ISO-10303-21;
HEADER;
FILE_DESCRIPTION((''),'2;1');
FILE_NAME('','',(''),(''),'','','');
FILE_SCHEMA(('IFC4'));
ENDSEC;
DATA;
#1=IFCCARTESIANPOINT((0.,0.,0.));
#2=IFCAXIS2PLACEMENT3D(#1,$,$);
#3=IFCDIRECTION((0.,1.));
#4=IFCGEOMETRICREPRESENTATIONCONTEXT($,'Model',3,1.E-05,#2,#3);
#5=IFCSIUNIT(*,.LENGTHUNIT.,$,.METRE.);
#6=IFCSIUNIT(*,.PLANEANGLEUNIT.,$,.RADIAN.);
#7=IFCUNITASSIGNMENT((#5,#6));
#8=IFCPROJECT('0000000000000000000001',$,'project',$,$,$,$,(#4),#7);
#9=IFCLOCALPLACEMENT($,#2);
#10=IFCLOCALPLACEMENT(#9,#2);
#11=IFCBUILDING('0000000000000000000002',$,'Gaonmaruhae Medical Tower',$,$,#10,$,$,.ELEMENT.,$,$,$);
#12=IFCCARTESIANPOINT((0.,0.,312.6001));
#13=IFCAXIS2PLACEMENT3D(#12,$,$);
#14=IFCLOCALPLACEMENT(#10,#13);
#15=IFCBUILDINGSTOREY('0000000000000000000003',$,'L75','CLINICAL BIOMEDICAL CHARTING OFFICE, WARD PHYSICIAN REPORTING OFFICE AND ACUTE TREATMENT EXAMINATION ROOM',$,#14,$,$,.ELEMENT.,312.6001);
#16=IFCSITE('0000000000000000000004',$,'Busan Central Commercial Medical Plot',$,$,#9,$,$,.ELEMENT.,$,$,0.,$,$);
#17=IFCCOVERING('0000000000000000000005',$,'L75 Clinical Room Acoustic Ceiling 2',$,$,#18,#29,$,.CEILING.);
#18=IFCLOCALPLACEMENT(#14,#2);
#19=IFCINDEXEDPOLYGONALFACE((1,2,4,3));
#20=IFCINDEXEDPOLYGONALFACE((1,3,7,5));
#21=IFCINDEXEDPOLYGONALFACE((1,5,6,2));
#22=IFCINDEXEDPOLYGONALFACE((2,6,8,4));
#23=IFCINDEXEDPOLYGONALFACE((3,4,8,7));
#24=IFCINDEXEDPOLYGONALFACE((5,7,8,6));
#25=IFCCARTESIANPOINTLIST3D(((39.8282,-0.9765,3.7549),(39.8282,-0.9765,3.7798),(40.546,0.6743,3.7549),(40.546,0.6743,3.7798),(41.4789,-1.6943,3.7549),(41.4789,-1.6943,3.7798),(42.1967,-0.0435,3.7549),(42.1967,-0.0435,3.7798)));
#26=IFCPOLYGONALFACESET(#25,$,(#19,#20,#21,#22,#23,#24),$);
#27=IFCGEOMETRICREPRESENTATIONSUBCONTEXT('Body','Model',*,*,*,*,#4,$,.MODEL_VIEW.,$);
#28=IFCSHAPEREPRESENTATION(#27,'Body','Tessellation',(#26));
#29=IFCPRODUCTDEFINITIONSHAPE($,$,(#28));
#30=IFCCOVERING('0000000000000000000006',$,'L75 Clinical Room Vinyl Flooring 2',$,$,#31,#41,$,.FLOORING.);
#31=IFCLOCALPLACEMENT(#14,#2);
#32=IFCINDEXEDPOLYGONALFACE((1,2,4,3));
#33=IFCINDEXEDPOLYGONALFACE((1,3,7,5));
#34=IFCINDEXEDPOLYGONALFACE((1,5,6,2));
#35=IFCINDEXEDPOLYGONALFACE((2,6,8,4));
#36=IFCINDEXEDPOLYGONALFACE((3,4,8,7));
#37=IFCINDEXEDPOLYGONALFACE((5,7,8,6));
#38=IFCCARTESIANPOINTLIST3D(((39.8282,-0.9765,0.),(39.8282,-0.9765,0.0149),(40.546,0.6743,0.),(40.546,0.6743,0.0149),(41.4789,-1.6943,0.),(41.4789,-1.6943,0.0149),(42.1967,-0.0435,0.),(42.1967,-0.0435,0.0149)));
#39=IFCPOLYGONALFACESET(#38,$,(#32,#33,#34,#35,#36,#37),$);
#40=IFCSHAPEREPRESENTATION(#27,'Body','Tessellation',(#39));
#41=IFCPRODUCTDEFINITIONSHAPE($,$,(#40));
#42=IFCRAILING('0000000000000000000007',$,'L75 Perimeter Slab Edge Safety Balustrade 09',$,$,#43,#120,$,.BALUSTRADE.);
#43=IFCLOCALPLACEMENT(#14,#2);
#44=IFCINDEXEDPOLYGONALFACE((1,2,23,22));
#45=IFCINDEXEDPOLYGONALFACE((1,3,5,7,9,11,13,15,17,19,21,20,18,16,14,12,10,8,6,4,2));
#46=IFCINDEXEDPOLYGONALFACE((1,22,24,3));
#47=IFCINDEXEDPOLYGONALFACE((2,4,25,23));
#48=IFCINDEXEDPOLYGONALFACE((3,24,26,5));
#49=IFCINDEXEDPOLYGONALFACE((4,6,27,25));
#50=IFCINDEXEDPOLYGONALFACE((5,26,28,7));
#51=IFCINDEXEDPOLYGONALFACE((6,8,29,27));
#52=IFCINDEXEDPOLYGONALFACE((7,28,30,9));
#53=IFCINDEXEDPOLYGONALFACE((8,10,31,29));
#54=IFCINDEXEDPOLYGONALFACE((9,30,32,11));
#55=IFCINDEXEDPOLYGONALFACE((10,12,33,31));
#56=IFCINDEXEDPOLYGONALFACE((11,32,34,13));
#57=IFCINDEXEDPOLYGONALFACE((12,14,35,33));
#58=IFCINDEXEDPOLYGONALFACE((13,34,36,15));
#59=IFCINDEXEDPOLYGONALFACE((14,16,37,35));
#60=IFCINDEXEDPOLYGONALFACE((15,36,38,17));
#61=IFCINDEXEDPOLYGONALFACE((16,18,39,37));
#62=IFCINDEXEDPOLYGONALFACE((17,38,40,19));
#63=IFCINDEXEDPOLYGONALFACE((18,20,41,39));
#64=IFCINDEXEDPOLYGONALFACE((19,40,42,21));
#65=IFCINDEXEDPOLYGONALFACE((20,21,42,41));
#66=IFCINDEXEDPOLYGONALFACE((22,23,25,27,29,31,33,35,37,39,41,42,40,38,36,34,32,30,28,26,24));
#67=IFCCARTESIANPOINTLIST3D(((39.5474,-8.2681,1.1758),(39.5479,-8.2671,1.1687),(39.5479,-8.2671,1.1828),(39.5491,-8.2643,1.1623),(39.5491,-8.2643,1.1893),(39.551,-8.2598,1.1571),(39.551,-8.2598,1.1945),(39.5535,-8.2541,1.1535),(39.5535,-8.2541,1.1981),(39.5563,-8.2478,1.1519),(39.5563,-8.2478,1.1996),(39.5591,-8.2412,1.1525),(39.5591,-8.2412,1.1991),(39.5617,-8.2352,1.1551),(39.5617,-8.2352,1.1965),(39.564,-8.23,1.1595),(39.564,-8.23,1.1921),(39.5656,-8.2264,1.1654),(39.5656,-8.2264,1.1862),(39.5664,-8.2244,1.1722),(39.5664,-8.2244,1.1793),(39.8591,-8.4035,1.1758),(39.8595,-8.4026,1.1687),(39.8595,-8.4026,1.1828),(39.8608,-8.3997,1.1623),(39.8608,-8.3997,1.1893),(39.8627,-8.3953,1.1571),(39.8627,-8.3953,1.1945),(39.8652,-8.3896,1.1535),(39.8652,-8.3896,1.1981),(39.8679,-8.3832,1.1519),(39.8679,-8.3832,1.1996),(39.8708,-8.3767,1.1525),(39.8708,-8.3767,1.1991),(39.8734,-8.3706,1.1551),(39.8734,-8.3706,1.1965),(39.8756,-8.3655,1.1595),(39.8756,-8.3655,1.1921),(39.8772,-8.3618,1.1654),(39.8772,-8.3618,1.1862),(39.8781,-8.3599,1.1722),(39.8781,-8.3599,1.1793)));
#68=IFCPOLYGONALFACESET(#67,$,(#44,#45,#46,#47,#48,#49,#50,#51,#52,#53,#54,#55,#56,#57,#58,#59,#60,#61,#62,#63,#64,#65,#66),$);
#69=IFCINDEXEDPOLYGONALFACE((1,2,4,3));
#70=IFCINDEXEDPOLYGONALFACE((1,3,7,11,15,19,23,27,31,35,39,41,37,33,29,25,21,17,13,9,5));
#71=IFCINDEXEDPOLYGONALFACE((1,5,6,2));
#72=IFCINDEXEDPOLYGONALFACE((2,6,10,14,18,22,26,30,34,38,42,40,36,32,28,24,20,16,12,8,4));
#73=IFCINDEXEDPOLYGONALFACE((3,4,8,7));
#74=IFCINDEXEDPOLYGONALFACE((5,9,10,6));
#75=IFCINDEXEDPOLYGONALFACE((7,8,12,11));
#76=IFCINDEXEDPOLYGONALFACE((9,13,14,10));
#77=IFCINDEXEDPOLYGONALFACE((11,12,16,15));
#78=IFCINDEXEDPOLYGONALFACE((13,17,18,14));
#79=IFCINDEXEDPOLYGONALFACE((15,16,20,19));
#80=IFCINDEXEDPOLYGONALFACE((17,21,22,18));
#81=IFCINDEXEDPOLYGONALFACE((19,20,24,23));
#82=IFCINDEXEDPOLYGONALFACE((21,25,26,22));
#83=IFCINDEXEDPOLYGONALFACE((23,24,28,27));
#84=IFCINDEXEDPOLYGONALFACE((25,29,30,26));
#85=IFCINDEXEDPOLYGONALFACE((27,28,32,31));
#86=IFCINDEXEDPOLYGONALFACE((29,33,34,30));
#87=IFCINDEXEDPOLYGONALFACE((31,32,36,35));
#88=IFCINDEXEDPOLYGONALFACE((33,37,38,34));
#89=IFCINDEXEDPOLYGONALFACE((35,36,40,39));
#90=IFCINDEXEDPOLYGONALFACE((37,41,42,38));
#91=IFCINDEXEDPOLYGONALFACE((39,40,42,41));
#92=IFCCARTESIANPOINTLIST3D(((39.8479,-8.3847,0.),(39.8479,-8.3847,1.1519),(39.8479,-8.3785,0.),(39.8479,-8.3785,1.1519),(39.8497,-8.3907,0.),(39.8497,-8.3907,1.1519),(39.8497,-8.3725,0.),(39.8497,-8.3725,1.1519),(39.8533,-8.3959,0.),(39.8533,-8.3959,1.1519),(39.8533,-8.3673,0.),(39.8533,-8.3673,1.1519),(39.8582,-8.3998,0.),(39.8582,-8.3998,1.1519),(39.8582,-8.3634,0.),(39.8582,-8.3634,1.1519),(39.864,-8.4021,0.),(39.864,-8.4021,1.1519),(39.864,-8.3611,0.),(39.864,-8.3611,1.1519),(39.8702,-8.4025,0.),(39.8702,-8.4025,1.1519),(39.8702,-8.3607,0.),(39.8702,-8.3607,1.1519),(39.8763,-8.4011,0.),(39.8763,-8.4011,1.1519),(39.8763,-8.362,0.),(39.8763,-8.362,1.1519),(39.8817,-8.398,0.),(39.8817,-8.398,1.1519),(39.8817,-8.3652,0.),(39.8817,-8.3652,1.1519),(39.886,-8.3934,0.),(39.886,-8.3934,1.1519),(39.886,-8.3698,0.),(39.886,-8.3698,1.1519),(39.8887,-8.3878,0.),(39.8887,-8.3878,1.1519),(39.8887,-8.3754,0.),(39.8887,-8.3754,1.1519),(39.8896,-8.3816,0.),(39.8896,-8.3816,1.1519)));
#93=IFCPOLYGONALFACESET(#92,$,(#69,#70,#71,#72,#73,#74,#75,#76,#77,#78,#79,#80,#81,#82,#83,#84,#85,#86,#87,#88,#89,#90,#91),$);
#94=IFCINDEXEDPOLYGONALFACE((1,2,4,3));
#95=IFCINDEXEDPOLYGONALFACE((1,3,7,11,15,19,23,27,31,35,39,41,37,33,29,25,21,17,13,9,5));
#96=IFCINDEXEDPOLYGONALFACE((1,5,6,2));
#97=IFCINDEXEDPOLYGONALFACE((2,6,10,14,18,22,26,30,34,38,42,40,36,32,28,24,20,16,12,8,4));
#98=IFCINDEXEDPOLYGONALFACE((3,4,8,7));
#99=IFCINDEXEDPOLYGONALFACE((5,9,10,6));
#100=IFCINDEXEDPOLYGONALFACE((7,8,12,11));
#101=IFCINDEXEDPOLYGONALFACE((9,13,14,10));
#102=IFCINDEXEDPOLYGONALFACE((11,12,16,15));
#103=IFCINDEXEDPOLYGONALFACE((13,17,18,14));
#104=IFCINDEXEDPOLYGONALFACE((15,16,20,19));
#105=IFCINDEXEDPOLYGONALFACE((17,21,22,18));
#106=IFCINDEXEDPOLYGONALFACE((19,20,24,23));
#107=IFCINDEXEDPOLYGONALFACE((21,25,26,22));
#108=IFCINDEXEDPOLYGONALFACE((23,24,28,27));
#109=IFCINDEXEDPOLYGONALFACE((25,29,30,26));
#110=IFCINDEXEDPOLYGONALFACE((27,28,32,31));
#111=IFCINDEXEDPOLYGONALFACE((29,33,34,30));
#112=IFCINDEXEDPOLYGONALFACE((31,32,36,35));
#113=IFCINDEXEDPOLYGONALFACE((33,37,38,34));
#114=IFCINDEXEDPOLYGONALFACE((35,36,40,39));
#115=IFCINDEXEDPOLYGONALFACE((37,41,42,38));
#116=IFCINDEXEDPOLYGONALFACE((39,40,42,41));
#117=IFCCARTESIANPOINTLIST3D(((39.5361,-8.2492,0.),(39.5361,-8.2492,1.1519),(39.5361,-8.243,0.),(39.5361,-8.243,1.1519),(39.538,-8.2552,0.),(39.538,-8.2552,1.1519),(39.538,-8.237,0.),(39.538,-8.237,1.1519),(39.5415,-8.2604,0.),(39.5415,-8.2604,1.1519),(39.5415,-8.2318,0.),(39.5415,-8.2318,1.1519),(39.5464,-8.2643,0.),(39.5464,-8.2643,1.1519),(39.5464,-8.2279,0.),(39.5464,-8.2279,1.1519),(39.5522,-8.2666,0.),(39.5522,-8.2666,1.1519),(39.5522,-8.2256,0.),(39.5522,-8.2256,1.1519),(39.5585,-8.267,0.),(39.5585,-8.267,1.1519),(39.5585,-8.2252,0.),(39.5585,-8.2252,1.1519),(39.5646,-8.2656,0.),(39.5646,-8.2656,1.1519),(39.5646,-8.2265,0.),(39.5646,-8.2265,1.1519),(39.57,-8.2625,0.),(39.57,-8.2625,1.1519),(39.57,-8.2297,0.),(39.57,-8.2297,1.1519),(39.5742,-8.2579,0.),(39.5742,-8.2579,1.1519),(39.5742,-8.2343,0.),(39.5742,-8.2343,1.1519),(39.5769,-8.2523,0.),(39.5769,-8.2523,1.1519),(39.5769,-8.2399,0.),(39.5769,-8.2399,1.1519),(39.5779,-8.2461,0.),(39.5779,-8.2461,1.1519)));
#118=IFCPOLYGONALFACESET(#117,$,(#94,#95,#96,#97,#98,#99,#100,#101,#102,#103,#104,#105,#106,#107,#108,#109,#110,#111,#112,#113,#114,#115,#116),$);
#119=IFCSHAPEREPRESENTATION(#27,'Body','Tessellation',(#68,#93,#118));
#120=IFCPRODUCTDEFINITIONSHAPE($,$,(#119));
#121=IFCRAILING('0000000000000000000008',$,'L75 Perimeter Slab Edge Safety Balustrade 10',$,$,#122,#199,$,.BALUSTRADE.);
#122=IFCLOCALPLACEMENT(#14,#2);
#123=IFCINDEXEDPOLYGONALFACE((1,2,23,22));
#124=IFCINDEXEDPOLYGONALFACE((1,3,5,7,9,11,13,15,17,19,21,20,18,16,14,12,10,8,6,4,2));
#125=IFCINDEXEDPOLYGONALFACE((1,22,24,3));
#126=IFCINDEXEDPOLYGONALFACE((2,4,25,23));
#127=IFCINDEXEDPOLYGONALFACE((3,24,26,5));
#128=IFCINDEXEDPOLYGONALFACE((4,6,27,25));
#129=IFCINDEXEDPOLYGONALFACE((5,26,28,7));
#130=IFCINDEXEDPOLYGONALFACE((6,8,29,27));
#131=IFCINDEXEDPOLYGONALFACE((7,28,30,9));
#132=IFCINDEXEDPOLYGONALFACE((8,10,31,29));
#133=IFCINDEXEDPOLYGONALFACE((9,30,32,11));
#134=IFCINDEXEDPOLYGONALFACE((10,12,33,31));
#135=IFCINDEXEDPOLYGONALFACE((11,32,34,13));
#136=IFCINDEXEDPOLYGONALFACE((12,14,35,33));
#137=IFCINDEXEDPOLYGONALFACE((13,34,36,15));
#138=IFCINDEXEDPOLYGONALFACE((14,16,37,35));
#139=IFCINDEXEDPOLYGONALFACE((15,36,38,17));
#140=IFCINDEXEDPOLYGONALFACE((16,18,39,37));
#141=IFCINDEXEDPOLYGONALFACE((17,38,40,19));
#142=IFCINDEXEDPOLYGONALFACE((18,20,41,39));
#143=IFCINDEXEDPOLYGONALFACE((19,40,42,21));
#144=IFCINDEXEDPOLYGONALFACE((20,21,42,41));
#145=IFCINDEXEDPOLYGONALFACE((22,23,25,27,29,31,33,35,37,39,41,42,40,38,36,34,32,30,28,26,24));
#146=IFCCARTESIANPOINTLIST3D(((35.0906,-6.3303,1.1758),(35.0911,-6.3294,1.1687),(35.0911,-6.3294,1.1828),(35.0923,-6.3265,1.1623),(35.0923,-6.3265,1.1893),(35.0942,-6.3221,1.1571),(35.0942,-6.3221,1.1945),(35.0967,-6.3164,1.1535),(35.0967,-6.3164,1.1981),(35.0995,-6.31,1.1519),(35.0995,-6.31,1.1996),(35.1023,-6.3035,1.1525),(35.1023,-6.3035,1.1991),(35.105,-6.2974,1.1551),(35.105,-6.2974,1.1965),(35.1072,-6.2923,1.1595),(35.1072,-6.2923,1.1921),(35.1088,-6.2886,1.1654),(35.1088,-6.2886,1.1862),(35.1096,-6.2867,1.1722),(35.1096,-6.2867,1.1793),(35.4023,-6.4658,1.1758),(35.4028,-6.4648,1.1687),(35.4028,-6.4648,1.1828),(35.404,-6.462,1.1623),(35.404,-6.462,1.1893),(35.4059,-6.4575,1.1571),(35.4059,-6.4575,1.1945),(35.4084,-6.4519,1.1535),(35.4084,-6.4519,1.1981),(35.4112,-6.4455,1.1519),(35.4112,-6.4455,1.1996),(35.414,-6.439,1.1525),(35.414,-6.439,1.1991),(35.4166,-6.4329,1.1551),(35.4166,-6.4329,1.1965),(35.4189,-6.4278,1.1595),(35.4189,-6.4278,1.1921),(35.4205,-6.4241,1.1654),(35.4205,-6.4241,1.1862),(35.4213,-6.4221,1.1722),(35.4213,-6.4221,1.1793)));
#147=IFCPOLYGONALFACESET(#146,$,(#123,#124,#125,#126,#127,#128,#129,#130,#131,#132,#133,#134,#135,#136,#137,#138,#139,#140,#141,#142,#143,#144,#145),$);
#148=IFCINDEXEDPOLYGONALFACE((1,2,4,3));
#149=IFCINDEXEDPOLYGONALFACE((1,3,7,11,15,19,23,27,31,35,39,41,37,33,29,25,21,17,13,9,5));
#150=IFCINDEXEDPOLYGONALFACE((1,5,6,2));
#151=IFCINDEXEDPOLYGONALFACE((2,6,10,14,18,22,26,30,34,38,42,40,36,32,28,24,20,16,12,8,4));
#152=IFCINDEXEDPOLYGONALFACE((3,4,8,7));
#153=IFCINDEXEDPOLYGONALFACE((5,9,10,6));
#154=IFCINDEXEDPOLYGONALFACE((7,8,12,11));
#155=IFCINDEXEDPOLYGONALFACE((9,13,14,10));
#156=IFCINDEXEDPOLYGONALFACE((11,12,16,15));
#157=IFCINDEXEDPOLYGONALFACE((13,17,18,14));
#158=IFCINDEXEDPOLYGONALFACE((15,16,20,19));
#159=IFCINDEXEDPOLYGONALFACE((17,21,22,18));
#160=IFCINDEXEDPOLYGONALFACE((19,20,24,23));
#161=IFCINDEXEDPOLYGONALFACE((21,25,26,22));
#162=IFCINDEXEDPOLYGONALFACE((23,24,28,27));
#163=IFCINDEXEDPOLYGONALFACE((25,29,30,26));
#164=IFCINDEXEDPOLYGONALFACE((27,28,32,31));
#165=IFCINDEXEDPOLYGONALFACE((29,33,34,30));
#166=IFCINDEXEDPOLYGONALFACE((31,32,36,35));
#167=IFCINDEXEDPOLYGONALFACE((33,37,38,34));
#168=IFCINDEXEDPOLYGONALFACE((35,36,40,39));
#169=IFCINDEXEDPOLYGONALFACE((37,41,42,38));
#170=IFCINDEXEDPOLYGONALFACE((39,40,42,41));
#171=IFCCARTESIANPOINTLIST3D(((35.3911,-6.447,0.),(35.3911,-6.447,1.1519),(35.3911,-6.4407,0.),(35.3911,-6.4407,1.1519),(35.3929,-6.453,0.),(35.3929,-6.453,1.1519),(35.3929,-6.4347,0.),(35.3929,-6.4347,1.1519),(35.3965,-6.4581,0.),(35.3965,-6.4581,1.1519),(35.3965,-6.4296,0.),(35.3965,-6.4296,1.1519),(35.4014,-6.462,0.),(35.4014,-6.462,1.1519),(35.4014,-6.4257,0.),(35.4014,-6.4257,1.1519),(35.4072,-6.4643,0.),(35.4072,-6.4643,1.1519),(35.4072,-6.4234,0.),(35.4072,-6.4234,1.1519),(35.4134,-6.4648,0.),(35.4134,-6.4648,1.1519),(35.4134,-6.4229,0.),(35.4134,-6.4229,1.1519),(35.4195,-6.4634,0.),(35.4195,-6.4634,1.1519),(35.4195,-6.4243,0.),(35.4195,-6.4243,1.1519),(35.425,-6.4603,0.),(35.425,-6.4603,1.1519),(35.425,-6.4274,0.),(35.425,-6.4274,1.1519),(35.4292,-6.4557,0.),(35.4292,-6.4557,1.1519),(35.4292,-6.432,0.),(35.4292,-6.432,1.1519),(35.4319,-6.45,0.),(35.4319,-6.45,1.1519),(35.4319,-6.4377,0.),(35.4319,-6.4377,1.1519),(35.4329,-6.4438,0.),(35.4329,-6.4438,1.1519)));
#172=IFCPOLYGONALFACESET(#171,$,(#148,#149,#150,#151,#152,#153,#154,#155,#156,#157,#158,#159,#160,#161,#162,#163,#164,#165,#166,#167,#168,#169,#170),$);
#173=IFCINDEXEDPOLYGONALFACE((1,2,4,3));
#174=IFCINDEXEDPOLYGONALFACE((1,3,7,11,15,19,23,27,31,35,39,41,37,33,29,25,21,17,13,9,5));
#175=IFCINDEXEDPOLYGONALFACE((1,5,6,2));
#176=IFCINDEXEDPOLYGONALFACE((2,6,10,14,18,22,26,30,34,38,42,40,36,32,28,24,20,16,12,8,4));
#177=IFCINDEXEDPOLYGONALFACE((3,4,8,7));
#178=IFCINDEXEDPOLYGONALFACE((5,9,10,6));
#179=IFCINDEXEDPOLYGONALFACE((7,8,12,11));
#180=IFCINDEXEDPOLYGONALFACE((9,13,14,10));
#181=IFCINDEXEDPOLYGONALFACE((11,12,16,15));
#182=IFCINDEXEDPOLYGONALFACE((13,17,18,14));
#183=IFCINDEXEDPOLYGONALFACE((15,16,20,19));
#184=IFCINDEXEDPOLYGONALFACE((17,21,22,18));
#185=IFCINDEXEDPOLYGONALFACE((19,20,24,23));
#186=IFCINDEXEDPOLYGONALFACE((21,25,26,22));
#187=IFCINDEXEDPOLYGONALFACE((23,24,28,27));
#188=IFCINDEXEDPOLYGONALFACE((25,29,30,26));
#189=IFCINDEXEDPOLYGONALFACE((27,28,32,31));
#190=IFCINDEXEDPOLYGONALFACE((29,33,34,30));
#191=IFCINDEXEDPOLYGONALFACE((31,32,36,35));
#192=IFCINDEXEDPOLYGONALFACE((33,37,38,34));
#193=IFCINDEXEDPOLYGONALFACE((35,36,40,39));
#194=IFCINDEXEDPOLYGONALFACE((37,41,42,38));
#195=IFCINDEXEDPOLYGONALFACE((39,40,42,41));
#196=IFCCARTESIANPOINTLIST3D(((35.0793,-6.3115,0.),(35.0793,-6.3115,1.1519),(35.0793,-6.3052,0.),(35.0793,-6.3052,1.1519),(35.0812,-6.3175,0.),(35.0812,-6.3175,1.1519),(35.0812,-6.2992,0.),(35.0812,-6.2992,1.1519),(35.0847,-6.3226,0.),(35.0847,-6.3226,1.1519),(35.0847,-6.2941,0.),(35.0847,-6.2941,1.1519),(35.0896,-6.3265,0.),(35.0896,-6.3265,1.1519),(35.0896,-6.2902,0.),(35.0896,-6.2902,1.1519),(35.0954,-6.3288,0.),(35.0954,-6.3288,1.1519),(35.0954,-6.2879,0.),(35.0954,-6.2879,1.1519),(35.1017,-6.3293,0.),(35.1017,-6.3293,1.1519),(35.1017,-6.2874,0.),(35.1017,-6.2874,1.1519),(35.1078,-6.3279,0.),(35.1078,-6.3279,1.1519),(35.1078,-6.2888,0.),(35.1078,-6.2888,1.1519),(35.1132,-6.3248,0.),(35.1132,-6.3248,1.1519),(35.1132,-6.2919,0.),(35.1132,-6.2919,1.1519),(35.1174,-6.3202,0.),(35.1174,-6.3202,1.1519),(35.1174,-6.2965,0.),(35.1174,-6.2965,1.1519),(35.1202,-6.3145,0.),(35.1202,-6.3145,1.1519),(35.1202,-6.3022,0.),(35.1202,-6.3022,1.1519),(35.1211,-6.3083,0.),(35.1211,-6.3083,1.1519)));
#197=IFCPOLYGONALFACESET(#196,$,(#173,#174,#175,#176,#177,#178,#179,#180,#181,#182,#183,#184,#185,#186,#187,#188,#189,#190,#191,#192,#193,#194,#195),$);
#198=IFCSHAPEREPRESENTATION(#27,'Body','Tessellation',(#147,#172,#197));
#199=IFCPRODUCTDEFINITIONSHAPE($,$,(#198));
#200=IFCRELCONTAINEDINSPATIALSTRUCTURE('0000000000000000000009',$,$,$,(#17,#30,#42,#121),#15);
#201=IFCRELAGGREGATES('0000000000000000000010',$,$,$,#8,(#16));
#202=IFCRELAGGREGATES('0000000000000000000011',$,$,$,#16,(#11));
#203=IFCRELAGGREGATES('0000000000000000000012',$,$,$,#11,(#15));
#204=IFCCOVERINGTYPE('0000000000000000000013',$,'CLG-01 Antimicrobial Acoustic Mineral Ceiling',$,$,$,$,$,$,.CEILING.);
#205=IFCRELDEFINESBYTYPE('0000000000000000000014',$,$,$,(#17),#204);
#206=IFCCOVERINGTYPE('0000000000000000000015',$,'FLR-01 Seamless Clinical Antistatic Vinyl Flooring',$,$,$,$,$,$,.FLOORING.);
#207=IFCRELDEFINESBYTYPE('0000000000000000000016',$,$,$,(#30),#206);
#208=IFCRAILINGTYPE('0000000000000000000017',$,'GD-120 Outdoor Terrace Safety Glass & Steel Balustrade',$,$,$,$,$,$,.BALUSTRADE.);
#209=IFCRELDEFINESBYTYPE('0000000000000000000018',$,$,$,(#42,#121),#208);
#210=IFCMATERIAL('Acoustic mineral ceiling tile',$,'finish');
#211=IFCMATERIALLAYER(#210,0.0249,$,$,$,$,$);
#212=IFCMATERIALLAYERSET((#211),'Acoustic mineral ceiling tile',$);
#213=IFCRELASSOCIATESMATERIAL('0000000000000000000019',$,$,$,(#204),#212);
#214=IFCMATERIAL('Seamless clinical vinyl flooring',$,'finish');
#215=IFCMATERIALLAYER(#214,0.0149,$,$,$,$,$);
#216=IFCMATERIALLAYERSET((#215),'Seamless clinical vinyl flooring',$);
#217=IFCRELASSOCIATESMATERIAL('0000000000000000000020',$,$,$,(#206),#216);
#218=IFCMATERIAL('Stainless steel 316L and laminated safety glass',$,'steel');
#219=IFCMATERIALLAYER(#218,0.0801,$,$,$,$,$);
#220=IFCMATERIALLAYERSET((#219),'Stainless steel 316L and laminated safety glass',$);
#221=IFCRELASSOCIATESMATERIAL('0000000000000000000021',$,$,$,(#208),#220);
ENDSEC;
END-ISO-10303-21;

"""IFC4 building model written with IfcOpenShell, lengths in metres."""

from ifc_helpers import new_model, si_unit, direction, frame, origin, origin_2d, place, context, subcontext, project, spatial, rectangle, circle, extrude, material, layer, layer_set, type_object, element, save


model = new_model("IFC4")

# Units and contexts
model_context = context("Model", 3, precision=1e-05, world=origin(), true_north=direction((0.0, 1.0)))
body_context = subcontext(model_context, "Body", "Model", "MODEL_VIEW")
ifc_project = project(units=[si_unit("LENGTHUNIT", "METRE"), si_unit("PLANEANGLEUNIT", "RADIAN")], contexts=[model_context])

# Site, building, storey
site_placement = place(None, origin())
site = spatial("IfcSite", under=ifc_project, at=site_placement, Name="Busan Central Commercial Medical Plot", CompositionType="ELEMENT", RefElevation=0.0)
building_placement = place(site_placement, origin())
building = spatial("IfcBuilding", under=site, at=building_placement, Name="Gaonmaruhae Medical Tower", CompositionType="ELEMENT")
storey_placement = place(building_placement, frame((0.0, 0.0, 312.6001)))
storey = spatial("IfcBuildingStorey", under=building, at=storey_placement, Name="L75", Description="CLINICAL BIOMEDICAL CHARTING OFFICE, WARD PHYSICIAN REPORTING OFFICE AND ACUTE TREATMENT EXAMINATION ROOM", CompositionType="ELEMENT", Elevation=312.6001)

# Coverings
ifc_material_1 = material(Name="Acoustic mineral ceiling tile", Category="finish")
ifc_layer_1 = layer(ifc_material_1, 0.0249)
ifc_layer_set_1 = layer_set([ifc_layer_1], Name="Acoustic mineral ceiling tile")
covering_type_1 = type_object("IfcCoveringType", Name="CLG-01 Antimicrobial Acoustic Mineral Ceiling", PredefinedType="CEILING", material=ifc_layer_set_1)
covering_1_placement = place(storey_placement, frame((41.0125, -0.51, 3.7549), z_axis=(0.0, 0.0, 1.0), x_axis=(0.398749, 0.91706, 0.0)))
element("IfcCovering", 1, at=covering_1_placement, inside=storey, type_object=covering_type_1, Name="L75 Clinical Room Acoustic Ceiling 2", PredefinedType="CEILING", context=body_context, shape_type="SweptSolid", body=[
    extrude(rectangle(XDim=1.8, YDim=1.8, at=origin_2d()), origin(), (0.0, 0.0, 1.0), 0.0249),
])
ifc_material_2 = material(Name="Seamless clinical vinyl flooring", Category="finish")
ifc_layer_2 = layer(ifc_material_2, 0.0149)
ifc_layer_set_2 = layer_set([ifc_layer_2], Name="Seamless clinical vinyl flooring")
covering_type_2 = type_object("IfcCoveringType", Name="FLR-01 Seamless Clinical Antistatic Vinyl Flooring", PredefinedType="FLOORING", material=ifc_layer_set_2)
covering_2_placement = place(storey_placement, frame((41.0125, -0.51, 0.0), z_axis=(0.0, 0.0, 1.0), x_axis=(0.398749, 0.91706, 0.0)))
element("IfcCovering", 2, at=covering_2_placement, inside=storey, type_object=covering_type_2, Name="L75 Clinical Room Vinyl Flooring 2", PredefinedType="FLOORING", context=body_context, shape_type="SweptSolid", body=[
    extrude(rectangle(XDim=1.8, YDim=1.8, at=origin_2d()), origin(), (0.0, 0.0, 1.0), 0.0149),
])

# Railings
ifc_material_3 = material(Name="Stainless steel 316L and laminated safety glass", Category="steel")
ifc_layer_3 = layer(ifc_material_3, 0.0801)
ifc_layer_set_3 = layer_set([ifc_layer_3], Name="Stainless steel 316L and laminated safety glass")
railing_type = type_object("IfcRailingType", Name="GD-120 Outdoor Terrace Safety Glass & Steel Balustrade", PredefinedType="BALUSTRADE", material=ifc_layer_set_3)
for number, where, name in (
    (3, (39.8687, -8.3816, 0.0), "L75 Perimeter Slab Edge Safety Balustrade 09"),
    (4, (35.4119, -6.4438, 0.0), "L75 Perimeter Slab Edge Safety Balustrade 10"),
):
    element("IfcRailing", number, at=place(storey_placement, frame(where)), inside=storey, type_object=railing_type, Name=name, PredefinedType="BALUSTRADE", context=body_context, shape_type="SweptSolid", body=[
        extrude(circle(Radius=0.0239, at=origin_2d()), frame((0.0, 0.0, 1.1758), z_axis=(-0.917127, 0.398595, 0.0), x_axis=(-0.398595, -0.917127, 0.0)), (0.0, 0.0, 1.0), 0.3398),
        extrude(circle(Radius=0.021, at=origin_2d()), origin(), (0.0, 0.0, 1.0), 1.1519),
        extrude(circle(Radius=0.021, at=origin_2d()), frame((-0.3118, 0.1355, 0.0)), (0.0, 0.0, 1.0), 1.1519),
    ])

save(model, "model.ifc")
